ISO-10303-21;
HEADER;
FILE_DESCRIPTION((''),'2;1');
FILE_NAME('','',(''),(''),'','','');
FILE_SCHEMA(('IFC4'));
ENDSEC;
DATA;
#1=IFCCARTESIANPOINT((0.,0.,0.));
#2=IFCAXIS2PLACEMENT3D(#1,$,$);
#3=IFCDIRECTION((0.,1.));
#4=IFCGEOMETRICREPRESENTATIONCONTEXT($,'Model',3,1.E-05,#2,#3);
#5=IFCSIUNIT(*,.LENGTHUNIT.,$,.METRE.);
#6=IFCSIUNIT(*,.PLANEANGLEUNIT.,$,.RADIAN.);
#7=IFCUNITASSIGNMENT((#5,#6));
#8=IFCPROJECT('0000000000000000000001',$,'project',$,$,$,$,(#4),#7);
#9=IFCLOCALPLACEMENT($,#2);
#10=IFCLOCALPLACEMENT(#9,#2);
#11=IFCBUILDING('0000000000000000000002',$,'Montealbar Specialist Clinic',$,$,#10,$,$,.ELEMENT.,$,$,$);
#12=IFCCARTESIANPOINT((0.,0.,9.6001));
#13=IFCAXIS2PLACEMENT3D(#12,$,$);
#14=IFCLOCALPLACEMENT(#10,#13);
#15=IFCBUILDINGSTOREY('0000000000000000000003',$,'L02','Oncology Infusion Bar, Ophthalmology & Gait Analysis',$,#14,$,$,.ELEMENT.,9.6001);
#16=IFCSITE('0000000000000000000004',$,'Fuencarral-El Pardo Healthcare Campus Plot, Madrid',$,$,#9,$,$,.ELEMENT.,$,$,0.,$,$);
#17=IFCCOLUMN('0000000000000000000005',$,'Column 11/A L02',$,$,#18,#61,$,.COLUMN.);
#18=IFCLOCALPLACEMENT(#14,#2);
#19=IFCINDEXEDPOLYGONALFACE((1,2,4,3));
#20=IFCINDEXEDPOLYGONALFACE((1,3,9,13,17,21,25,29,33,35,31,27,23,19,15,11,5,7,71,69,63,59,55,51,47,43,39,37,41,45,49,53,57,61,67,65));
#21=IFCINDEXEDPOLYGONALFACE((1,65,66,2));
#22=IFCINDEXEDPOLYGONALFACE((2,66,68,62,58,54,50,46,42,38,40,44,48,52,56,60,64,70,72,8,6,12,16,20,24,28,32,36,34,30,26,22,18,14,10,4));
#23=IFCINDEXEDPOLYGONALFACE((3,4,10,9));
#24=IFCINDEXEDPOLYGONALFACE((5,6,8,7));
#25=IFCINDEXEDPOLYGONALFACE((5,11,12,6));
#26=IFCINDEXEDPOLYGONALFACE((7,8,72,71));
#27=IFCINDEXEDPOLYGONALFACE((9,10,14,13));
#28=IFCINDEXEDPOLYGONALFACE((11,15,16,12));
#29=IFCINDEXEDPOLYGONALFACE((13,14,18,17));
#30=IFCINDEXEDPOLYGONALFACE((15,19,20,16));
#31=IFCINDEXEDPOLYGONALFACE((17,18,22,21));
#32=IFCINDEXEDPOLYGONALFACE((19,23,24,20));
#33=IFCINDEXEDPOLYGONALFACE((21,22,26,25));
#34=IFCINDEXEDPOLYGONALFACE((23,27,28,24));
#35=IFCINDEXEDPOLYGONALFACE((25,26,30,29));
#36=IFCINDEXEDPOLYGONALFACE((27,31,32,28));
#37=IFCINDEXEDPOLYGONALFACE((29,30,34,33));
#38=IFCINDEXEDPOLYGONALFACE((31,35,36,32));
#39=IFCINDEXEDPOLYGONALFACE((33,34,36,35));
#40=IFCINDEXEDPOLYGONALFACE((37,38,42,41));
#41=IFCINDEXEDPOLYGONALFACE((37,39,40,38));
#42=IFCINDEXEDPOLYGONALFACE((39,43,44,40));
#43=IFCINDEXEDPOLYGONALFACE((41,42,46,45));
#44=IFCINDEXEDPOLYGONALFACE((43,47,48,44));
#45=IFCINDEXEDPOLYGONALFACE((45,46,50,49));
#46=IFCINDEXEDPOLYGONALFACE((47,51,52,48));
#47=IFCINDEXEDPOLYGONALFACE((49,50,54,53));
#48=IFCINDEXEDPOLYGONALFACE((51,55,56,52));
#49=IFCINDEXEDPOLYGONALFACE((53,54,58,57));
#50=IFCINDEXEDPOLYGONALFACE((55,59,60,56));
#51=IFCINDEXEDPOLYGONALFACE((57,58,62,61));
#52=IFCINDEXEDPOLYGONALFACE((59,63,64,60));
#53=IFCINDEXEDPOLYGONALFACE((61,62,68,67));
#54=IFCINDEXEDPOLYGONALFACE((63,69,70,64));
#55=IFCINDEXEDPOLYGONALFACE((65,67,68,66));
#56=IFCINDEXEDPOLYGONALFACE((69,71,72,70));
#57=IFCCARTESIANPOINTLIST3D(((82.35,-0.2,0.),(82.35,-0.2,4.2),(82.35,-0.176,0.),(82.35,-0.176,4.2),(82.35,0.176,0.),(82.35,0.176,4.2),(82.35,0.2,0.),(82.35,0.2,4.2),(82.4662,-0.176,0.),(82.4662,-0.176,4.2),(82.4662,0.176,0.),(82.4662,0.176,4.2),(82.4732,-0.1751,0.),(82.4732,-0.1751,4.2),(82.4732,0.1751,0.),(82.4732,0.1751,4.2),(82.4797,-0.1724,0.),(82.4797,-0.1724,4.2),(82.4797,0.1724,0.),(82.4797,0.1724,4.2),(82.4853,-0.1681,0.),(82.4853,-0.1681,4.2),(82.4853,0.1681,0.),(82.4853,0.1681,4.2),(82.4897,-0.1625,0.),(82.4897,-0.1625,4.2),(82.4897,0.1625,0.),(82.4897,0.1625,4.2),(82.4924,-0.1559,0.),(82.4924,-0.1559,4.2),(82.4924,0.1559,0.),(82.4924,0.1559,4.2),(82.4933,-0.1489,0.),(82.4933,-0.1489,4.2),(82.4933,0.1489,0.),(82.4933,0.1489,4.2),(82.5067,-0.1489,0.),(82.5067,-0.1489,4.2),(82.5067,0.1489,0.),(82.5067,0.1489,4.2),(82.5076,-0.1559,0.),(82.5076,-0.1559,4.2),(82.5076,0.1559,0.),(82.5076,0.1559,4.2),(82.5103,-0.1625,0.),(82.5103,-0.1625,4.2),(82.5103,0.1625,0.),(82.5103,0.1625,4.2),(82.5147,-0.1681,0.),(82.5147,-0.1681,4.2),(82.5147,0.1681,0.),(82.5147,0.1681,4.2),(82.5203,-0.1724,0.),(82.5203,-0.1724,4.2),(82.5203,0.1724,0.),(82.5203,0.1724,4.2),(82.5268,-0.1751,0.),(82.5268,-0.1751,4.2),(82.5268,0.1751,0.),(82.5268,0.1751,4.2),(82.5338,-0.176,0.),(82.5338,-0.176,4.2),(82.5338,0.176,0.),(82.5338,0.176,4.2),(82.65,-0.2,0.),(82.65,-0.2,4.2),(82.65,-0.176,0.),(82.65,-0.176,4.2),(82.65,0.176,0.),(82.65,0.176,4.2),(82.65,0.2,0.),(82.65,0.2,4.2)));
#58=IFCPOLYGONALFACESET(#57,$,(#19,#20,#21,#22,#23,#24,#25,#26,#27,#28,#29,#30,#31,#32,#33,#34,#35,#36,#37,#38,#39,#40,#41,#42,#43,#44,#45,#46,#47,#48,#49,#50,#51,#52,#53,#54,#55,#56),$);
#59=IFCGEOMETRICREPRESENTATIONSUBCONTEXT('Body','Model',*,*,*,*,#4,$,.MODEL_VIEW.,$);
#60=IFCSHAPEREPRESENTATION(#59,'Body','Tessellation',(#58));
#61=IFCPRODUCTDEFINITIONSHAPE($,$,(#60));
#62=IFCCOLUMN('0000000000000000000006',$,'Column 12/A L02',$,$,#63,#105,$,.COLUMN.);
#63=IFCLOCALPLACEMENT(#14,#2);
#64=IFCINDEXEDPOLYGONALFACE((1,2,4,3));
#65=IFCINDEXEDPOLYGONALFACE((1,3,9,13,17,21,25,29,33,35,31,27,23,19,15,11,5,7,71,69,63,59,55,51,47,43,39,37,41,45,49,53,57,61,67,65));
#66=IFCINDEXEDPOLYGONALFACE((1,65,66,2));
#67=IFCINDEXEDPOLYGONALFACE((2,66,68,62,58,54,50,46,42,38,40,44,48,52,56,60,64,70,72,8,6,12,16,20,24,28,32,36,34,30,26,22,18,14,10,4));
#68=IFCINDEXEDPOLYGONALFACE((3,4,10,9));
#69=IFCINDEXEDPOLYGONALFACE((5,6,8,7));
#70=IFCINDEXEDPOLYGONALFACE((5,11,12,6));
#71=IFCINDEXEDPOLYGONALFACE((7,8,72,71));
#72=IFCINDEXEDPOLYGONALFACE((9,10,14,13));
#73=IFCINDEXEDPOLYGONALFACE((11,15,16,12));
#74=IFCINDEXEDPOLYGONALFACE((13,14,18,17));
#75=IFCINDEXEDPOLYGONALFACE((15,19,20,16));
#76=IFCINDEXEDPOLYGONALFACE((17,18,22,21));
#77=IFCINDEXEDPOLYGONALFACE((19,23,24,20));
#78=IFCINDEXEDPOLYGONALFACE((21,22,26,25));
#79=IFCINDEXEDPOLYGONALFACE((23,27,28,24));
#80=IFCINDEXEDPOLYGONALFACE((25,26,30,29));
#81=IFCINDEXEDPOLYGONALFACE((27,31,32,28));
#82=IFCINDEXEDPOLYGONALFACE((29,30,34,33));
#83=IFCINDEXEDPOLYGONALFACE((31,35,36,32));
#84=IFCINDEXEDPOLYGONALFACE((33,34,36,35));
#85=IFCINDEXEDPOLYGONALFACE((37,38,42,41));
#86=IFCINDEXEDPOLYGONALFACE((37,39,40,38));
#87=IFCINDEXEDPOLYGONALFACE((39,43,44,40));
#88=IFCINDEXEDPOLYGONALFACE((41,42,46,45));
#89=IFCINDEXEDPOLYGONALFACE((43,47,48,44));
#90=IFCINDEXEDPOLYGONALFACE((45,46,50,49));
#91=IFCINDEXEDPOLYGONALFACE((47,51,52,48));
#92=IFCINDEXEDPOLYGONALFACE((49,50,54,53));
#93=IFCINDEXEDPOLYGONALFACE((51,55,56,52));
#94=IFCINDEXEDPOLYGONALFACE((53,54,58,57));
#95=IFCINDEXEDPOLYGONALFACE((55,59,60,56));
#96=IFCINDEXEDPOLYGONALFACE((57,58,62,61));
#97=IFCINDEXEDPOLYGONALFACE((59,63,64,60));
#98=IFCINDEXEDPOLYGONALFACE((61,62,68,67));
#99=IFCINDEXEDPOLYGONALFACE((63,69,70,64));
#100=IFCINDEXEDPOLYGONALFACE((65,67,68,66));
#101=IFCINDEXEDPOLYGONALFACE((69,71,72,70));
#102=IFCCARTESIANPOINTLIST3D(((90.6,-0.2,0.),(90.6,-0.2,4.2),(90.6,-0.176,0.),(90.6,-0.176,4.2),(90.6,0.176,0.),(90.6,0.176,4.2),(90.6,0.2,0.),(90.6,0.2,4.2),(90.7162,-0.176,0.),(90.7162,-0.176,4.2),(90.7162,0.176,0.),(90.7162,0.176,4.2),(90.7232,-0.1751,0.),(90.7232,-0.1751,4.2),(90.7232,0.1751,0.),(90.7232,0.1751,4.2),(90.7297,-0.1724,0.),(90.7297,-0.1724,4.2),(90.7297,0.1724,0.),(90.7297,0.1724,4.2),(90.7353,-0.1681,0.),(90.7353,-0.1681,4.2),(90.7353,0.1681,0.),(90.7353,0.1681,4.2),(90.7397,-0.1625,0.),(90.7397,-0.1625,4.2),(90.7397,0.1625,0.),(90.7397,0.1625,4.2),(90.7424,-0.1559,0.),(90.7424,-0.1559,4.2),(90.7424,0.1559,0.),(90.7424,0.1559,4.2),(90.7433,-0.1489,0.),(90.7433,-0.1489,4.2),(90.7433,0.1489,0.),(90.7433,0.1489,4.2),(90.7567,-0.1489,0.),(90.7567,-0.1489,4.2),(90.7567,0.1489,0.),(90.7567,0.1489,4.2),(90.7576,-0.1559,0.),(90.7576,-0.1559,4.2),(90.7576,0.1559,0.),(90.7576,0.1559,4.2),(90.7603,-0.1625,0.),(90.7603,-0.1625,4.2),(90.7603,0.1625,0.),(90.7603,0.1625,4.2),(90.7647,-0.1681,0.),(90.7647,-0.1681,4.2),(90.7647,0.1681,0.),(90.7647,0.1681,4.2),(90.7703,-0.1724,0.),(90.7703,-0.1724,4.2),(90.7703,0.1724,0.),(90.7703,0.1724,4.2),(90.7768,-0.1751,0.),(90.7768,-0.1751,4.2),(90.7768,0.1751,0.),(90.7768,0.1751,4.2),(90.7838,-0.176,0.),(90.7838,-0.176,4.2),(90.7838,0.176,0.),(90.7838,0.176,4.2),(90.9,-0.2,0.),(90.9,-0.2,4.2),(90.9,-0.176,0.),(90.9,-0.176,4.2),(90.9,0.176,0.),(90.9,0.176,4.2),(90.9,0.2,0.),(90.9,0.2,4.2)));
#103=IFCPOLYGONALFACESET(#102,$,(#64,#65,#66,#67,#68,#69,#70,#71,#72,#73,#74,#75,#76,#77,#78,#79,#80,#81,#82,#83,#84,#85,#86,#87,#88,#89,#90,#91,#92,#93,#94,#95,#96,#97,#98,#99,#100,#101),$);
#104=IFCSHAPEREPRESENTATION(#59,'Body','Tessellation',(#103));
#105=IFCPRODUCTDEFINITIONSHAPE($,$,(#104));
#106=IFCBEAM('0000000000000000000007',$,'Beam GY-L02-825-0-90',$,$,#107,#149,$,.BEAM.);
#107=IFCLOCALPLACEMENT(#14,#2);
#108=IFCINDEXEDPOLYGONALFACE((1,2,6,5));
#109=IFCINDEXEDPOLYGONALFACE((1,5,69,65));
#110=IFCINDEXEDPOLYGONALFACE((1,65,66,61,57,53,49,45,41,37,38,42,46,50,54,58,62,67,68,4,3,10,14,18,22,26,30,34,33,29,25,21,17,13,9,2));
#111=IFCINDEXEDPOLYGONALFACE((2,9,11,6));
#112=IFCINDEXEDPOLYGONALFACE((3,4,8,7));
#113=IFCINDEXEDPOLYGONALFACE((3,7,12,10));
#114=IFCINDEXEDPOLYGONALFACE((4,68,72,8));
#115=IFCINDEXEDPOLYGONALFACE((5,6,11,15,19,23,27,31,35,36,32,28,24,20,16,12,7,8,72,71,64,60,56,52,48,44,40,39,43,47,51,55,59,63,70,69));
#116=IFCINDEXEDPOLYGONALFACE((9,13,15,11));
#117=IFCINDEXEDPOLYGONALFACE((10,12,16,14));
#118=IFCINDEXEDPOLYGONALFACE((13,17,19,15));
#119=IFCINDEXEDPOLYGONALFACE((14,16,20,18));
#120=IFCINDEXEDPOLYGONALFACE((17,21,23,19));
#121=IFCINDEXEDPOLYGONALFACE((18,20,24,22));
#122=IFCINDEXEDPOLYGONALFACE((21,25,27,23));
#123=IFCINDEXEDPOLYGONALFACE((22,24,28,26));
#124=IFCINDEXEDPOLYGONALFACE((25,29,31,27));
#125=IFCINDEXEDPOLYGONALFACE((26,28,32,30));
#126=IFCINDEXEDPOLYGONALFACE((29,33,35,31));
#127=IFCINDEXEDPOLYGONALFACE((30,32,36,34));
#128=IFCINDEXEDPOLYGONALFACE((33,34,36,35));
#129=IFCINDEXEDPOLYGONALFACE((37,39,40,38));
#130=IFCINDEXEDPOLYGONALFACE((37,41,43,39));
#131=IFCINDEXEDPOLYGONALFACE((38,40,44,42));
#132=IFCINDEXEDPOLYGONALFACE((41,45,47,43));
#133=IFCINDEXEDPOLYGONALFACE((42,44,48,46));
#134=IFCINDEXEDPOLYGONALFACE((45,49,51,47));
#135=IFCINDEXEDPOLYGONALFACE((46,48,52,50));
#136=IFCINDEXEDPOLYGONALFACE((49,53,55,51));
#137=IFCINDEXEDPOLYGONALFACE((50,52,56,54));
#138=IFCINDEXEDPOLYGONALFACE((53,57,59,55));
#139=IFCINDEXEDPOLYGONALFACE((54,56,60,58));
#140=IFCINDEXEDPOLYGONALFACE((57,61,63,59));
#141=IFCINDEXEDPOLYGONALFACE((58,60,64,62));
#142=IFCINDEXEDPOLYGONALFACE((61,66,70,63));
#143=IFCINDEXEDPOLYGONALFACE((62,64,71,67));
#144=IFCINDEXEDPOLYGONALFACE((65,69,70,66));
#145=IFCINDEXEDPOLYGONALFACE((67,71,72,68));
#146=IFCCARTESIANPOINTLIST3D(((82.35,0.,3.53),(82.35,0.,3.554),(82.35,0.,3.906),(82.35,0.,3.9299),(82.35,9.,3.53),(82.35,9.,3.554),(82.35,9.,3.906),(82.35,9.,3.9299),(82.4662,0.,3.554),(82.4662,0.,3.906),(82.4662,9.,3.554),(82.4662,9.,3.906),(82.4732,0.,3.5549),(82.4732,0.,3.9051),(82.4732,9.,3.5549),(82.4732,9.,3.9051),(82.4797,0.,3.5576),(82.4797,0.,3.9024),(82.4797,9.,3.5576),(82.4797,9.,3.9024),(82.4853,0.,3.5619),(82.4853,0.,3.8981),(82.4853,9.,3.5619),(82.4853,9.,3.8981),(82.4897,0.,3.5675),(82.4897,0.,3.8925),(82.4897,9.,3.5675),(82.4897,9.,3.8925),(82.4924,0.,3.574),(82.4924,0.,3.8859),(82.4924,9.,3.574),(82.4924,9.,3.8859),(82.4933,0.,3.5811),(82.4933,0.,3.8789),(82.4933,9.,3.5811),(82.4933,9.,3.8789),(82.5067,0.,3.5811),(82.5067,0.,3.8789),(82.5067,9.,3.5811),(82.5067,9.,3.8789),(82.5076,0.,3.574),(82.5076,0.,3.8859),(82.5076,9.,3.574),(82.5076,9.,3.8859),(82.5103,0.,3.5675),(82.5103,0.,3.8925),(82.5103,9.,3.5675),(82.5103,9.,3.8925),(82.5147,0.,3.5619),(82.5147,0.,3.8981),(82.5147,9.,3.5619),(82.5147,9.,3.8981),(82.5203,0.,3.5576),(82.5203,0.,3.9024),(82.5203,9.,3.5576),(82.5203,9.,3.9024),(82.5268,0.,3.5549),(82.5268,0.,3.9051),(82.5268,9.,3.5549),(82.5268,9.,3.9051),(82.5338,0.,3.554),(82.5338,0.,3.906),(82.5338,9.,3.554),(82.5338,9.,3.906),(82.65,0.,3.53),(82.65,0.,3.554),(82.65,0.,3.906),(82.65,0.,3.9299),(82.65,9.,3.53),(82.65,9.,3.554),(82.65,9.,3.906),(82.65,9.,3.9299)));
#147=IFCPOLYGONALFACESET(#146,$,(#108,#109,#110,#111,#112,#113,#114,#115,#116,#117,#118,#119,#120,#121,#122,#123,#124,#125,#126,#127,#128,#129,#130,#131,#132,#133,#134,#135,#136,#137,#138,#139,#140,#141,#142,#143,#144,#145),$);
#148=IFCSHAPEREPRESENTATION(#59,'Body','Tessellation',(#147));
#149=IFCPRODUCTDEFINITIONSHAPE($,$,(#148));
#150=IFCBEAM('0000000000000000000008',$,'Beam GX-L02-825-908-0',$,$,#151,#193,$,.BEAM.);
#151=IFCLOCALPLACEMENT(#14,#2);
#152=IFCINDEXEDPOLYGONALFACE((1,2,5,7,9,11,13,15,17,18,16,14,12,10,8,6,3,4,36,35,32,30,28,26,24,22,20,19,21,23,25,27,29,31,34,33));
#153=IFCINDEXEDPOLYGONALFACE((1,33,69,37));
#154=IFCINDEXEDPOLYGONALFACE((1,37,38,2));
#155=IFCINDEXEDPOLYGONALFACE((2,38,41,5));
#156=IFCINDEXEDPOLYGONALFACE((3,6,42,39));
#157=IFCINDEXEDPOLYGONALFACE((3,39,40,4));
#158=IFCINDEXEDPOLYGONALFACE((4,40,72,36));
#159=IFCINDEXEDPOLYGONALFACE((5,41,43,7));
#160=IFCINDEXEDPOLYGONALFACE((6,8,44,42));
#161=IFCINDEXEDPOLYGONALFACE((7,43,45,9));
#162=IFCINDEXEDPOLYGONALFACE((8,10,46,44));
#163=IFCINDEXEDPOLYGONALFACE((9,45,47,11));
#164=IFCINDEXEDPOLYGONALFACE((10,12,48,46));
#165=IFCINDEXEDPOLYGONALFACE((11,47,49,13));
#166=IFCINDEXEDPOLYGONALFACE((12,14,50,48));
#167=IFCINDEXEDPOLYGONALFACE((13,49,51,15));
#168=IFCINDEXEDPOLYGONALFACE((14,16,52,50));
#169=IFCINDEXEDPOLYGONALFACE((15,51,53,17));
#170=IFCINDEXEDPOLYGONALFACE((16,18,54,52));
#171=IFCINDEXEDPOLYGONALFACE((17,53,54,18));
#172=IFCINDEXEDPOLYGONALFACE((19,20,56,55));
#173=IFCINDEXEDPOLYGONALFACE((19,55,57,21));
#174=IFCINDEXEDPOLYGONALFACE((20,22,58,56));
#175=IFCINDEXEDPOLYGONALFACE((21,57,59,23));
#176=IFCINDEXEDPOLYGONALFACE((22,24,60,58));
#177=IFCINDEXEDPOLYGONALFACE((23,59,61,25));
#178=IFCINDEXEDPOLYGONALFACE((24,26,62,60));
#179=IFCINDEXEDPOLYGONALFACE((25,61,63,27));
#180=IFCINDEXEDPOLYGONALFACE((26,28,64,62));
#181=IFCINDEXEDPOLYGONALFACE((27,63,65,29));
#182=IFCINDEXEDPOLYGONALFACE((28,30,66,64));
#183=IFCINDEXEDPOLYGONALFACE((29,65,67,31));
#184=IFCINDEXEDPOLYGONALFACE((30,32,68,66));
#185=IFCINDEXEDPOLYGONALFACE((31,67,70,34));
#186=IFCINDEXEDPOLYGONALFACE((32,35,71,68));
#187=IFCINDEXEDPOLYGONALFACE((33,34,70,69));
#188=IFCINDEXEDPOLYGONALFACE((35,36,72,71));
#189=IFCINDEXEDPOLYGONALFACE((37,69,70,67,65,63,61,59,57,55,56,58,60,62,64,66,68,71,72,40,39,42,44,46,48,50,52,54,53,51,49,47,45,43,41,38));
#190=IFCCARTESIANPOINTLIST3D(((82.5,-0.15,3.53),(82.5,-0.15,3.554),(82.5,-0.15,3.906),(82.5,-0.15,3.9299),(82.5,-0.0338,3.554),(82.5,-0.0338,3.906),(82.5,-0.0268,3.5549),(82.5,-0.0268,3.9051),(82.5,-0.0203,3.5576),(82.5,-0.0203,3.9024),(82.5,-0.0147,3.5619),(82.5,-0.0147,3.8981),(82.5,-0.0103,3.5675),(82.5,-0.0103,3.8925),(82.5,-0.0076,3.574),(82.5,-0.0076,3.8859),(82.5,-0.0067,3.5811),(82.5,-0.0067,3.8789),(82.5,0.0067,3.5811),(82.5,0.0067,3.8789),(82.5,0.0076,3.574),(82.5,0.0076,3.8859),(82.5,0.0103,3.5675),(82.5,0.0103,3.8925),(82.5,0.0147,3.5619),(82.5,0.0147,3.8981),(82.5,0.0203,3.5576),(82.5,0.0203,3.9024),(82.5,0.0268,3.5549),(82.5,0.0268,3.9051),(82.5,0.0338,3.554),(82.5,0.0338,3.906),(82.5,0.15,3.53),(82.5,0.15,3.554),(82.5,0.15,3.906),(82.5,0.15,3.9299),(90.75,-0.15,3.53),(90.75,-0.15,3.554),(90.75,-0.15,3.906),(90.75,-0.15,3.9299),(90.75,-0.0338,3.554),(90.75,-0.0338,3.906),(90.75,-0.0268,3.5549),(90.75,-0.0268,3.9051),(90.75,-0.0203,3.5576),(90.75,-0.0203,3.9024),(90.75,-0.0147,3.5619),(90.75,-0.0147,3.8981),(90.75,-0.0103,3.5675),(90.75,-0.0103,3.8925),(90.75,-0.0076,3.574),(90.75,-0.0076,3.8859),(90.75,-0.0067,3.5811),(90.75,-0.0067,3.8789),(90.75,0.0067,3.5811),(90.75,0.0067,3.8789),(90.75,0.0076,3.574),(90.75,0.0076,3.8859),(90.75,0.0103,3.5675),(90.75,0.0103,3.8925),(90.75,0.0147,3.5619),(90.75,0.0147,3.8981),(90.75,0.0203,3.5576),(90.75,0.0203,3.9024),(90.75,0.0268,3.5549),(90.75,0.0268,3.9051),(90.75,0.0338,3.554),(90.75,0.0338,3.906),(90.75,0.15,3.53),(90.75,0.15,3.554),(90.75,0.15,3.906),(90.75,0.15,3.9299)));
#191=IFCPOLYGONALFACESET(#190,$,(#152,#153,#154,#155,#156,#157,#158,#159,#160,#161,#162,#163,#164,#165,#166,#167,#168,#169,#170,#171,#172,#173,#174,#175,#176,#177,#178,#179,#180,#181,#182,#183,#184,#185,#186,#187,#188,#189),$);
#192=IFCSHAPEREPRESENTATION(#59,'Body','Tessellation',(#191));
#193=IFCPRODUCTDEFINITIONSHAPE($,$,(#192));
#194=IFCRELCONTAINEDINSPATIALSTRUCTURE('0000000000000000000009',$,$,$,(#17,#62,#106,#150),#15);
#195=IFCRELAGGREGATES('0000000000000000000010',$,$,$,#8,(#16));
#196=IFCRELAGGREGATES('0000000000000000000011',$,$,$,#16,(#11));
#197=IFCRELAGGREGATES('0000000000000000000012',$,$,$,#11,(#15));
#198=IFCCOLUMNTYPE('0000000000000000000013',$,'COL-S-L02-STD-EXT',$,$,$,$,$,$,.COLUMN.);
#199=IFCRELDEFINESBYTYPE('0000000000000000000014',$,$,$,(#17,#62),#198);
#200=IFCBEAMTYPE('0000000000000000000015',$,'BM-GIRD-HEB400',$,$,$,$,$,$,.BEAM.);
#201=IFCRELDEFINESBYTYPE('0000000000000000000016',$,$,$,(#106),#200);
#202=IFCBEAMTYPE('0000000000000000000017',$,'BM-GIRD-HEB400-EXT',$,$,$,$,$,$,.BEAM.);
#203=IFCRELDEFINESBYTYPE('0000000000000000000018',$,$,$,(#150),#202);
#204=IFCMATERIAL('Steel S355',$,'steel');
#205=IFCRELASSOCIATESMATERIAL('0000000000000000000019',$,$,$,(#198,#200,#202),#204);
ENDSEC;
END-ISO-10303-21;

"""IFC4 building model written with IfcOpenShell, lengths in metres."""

from ifc_helpers import new_model, si_unit, direction, frame, origin, origin_2d, place, context, subcontext, project, spatial, i_section, extrude, material, material_profile, profile_set, type_object, element, save


model = new_model("IFC4")

# Units and contexts
model_context = context("Model", 3, precision=1e-05, world=origin(), true_north=direction((0.0, 1.0)))
body_context = subcontext(model_context, "Body", "Model", "MODEL_VIEW")
ifc_project = project(units=[si_unit("LENGTHUNIT", "METRE"), si_unit("PLANEANGLEUNIT", "RADIAN")], contexts=[model_context])

# Site, building, storey
site_placement = place(None, origin())
site = spatial("IfcSite", under=ifc_project, at=site_placement, Name="Fuencarral-El Pardo Healthcare Campus Plot, Madrid", CompositionType="ELEMENT", RefElevation=0.0)
building_placement = place(site_placement, origin())
building = spatial("IfcBuilding", under=site, at=building_placement, Name="Montealbar Specialist Clinic", CompositionType="ELEMENT")
storey_placement = place(building_placement, frame((0.0, 0.0, 9.6001)))
storey = spatial("IfcBuildingStorey", under=building, at=storey_placement, Name="L02", Description="Oncology Infusion Bar, Ophthalmology & Gait Analysis", CompositionType="ELEMENT", Elevation=9.6001)

# Columns
ifc_material_1 = material(Name="Steel S355", Category="steel")
ifc_material_profile_1 = material_profile(ifc_material_1, i_section(OverallWidth=0.3, OverallDepth=0.3999, WebThickness=0.0134, FlangeThickness=0.0239, FilletRadius=0.0271, at=origin_2d()), Name="HEB 400", Category="steel")
ifc_profile_set_1 = profile_set([ifc_material_profile_1], Name="Steel S355")
column_type = type_object("IfcColumnType", Name="COL-S-L02-STD-EXT", PredefinedType="COLUMN", material=ifc_profile_set_1)
for number, where, z_axis, x_axis, name in (
    (1, (82.5, 0.0, 0.0), (0.0, 0.0, 1.0), (1.0, 0.0, 0.0), "Column 11/A L02"),
    (2, (90.75, 0.0, 0.0), (0.0, 0.0, 1.0), (1.0, 0.0, 0.0), "Column 12/A L02"),
):
    element("IfcColumn", number, at=place(storey_placement, frame(where, z_axis=z_axis, x_axis=x_axis)), inside=storey, type_object=column_type, Name=name, PredefinedType="COLUMN", context=body_context, shape_type="SweptSolid", body=[
        extrude(i_section(OverallWidth=0.3, OverallDepth=0.3999, WebThickness=0.0134, FlangeThickness=0.0239, FilletRadius=0.0271, at=origin_2d()), origin(), (0.0, 0.0, 1.0), 4.2),
    ])

# Beams
ifc_material_profile_2 = material_profile(ifc_material_1, i_section(OverallWidth=0.3, OverallDepth=0.3999, WebThickness=0.0134, FlangeThickness=0.0239, FilletRadius=0.0271, at=origin_2d()), Name="HEB 400", Category="steel")
ifc_profile_set_2 = profile_set([ifc_material_profile_2], Name="Steel S355")
beam_type_1 = type_object("IfcBeamType", Name="BM-GIRD-HEB400", PredefinedType="BEAM", material=ifc_profile_set_2)
beam_placement = place(storey_placement, frame((82.5, 0.0, 3.73), z_axis=(0.0, 1.0, 0.0), x_axis=(-1.0, 0.0, 0.0)))
element("IfcBeam", 3, at=beam_placement, inside=storey, type_object=beam_type_1, Name="Beam GY-L02-825-0-90", PredefinedType="BEAM", context=body_context, shape_type="SweptSolid", body=[
    extrude(i_section(OverallWidth=0.3, OverallDepth=0.3999, WebThickness=0.0134, FlangeThickness=0.0239, FilletRadius=0.0271, at=origin_2d()), origin(), (0.0, 0.0, 1.0), 9.0),
])
ifc_material_profile_3 = material_profile(ifc_material_1, i_section(OverallWidth=0.3, OverallDepth=0.3999, WebThickness=0.0134, FlangeThickness=0.0239, FilletRadius=0.0271, at=origin_2d()), Name="HEB 400", Category="steel")
ifc_profile_set_3 = profile_set([ifc_material_profile_3], Name="Steel S355")
beam_type_2 = type_object("IfcBeamType", Name="BM-GIRD-HEB400-EXT", PredefinedType="BEAM", material=ifc_profile_set_3)
for number, where, z_axis, x_axis, name in (
    (4, (82.5, 0.0, 3.73), (1.0, 0.0, 0.0), (0.0, 1.0, 0.0), "Beam GX-L02-825-908-0"),
):
    element("IfcBeam", number, at=place(storey_placement, frame(where, z_axis=z_axis, x_axis=x_axis)), inside=storey, type_object=beam_type_2, Name=name, PredefinedType="BEAM", context=body_context, shape_type="SweptSolid", body=[
        extrude(i_section(OverallWidth=0.3, OverallDepth=0.3999, WebThickness=0.0134, FlangeThickness=0.0239, FilletRadius=0.0271, at=origin_2d()), origin(), (0.0, 0.0, 1.0), 8.25),
    ])

save(model, "model.ifc")
